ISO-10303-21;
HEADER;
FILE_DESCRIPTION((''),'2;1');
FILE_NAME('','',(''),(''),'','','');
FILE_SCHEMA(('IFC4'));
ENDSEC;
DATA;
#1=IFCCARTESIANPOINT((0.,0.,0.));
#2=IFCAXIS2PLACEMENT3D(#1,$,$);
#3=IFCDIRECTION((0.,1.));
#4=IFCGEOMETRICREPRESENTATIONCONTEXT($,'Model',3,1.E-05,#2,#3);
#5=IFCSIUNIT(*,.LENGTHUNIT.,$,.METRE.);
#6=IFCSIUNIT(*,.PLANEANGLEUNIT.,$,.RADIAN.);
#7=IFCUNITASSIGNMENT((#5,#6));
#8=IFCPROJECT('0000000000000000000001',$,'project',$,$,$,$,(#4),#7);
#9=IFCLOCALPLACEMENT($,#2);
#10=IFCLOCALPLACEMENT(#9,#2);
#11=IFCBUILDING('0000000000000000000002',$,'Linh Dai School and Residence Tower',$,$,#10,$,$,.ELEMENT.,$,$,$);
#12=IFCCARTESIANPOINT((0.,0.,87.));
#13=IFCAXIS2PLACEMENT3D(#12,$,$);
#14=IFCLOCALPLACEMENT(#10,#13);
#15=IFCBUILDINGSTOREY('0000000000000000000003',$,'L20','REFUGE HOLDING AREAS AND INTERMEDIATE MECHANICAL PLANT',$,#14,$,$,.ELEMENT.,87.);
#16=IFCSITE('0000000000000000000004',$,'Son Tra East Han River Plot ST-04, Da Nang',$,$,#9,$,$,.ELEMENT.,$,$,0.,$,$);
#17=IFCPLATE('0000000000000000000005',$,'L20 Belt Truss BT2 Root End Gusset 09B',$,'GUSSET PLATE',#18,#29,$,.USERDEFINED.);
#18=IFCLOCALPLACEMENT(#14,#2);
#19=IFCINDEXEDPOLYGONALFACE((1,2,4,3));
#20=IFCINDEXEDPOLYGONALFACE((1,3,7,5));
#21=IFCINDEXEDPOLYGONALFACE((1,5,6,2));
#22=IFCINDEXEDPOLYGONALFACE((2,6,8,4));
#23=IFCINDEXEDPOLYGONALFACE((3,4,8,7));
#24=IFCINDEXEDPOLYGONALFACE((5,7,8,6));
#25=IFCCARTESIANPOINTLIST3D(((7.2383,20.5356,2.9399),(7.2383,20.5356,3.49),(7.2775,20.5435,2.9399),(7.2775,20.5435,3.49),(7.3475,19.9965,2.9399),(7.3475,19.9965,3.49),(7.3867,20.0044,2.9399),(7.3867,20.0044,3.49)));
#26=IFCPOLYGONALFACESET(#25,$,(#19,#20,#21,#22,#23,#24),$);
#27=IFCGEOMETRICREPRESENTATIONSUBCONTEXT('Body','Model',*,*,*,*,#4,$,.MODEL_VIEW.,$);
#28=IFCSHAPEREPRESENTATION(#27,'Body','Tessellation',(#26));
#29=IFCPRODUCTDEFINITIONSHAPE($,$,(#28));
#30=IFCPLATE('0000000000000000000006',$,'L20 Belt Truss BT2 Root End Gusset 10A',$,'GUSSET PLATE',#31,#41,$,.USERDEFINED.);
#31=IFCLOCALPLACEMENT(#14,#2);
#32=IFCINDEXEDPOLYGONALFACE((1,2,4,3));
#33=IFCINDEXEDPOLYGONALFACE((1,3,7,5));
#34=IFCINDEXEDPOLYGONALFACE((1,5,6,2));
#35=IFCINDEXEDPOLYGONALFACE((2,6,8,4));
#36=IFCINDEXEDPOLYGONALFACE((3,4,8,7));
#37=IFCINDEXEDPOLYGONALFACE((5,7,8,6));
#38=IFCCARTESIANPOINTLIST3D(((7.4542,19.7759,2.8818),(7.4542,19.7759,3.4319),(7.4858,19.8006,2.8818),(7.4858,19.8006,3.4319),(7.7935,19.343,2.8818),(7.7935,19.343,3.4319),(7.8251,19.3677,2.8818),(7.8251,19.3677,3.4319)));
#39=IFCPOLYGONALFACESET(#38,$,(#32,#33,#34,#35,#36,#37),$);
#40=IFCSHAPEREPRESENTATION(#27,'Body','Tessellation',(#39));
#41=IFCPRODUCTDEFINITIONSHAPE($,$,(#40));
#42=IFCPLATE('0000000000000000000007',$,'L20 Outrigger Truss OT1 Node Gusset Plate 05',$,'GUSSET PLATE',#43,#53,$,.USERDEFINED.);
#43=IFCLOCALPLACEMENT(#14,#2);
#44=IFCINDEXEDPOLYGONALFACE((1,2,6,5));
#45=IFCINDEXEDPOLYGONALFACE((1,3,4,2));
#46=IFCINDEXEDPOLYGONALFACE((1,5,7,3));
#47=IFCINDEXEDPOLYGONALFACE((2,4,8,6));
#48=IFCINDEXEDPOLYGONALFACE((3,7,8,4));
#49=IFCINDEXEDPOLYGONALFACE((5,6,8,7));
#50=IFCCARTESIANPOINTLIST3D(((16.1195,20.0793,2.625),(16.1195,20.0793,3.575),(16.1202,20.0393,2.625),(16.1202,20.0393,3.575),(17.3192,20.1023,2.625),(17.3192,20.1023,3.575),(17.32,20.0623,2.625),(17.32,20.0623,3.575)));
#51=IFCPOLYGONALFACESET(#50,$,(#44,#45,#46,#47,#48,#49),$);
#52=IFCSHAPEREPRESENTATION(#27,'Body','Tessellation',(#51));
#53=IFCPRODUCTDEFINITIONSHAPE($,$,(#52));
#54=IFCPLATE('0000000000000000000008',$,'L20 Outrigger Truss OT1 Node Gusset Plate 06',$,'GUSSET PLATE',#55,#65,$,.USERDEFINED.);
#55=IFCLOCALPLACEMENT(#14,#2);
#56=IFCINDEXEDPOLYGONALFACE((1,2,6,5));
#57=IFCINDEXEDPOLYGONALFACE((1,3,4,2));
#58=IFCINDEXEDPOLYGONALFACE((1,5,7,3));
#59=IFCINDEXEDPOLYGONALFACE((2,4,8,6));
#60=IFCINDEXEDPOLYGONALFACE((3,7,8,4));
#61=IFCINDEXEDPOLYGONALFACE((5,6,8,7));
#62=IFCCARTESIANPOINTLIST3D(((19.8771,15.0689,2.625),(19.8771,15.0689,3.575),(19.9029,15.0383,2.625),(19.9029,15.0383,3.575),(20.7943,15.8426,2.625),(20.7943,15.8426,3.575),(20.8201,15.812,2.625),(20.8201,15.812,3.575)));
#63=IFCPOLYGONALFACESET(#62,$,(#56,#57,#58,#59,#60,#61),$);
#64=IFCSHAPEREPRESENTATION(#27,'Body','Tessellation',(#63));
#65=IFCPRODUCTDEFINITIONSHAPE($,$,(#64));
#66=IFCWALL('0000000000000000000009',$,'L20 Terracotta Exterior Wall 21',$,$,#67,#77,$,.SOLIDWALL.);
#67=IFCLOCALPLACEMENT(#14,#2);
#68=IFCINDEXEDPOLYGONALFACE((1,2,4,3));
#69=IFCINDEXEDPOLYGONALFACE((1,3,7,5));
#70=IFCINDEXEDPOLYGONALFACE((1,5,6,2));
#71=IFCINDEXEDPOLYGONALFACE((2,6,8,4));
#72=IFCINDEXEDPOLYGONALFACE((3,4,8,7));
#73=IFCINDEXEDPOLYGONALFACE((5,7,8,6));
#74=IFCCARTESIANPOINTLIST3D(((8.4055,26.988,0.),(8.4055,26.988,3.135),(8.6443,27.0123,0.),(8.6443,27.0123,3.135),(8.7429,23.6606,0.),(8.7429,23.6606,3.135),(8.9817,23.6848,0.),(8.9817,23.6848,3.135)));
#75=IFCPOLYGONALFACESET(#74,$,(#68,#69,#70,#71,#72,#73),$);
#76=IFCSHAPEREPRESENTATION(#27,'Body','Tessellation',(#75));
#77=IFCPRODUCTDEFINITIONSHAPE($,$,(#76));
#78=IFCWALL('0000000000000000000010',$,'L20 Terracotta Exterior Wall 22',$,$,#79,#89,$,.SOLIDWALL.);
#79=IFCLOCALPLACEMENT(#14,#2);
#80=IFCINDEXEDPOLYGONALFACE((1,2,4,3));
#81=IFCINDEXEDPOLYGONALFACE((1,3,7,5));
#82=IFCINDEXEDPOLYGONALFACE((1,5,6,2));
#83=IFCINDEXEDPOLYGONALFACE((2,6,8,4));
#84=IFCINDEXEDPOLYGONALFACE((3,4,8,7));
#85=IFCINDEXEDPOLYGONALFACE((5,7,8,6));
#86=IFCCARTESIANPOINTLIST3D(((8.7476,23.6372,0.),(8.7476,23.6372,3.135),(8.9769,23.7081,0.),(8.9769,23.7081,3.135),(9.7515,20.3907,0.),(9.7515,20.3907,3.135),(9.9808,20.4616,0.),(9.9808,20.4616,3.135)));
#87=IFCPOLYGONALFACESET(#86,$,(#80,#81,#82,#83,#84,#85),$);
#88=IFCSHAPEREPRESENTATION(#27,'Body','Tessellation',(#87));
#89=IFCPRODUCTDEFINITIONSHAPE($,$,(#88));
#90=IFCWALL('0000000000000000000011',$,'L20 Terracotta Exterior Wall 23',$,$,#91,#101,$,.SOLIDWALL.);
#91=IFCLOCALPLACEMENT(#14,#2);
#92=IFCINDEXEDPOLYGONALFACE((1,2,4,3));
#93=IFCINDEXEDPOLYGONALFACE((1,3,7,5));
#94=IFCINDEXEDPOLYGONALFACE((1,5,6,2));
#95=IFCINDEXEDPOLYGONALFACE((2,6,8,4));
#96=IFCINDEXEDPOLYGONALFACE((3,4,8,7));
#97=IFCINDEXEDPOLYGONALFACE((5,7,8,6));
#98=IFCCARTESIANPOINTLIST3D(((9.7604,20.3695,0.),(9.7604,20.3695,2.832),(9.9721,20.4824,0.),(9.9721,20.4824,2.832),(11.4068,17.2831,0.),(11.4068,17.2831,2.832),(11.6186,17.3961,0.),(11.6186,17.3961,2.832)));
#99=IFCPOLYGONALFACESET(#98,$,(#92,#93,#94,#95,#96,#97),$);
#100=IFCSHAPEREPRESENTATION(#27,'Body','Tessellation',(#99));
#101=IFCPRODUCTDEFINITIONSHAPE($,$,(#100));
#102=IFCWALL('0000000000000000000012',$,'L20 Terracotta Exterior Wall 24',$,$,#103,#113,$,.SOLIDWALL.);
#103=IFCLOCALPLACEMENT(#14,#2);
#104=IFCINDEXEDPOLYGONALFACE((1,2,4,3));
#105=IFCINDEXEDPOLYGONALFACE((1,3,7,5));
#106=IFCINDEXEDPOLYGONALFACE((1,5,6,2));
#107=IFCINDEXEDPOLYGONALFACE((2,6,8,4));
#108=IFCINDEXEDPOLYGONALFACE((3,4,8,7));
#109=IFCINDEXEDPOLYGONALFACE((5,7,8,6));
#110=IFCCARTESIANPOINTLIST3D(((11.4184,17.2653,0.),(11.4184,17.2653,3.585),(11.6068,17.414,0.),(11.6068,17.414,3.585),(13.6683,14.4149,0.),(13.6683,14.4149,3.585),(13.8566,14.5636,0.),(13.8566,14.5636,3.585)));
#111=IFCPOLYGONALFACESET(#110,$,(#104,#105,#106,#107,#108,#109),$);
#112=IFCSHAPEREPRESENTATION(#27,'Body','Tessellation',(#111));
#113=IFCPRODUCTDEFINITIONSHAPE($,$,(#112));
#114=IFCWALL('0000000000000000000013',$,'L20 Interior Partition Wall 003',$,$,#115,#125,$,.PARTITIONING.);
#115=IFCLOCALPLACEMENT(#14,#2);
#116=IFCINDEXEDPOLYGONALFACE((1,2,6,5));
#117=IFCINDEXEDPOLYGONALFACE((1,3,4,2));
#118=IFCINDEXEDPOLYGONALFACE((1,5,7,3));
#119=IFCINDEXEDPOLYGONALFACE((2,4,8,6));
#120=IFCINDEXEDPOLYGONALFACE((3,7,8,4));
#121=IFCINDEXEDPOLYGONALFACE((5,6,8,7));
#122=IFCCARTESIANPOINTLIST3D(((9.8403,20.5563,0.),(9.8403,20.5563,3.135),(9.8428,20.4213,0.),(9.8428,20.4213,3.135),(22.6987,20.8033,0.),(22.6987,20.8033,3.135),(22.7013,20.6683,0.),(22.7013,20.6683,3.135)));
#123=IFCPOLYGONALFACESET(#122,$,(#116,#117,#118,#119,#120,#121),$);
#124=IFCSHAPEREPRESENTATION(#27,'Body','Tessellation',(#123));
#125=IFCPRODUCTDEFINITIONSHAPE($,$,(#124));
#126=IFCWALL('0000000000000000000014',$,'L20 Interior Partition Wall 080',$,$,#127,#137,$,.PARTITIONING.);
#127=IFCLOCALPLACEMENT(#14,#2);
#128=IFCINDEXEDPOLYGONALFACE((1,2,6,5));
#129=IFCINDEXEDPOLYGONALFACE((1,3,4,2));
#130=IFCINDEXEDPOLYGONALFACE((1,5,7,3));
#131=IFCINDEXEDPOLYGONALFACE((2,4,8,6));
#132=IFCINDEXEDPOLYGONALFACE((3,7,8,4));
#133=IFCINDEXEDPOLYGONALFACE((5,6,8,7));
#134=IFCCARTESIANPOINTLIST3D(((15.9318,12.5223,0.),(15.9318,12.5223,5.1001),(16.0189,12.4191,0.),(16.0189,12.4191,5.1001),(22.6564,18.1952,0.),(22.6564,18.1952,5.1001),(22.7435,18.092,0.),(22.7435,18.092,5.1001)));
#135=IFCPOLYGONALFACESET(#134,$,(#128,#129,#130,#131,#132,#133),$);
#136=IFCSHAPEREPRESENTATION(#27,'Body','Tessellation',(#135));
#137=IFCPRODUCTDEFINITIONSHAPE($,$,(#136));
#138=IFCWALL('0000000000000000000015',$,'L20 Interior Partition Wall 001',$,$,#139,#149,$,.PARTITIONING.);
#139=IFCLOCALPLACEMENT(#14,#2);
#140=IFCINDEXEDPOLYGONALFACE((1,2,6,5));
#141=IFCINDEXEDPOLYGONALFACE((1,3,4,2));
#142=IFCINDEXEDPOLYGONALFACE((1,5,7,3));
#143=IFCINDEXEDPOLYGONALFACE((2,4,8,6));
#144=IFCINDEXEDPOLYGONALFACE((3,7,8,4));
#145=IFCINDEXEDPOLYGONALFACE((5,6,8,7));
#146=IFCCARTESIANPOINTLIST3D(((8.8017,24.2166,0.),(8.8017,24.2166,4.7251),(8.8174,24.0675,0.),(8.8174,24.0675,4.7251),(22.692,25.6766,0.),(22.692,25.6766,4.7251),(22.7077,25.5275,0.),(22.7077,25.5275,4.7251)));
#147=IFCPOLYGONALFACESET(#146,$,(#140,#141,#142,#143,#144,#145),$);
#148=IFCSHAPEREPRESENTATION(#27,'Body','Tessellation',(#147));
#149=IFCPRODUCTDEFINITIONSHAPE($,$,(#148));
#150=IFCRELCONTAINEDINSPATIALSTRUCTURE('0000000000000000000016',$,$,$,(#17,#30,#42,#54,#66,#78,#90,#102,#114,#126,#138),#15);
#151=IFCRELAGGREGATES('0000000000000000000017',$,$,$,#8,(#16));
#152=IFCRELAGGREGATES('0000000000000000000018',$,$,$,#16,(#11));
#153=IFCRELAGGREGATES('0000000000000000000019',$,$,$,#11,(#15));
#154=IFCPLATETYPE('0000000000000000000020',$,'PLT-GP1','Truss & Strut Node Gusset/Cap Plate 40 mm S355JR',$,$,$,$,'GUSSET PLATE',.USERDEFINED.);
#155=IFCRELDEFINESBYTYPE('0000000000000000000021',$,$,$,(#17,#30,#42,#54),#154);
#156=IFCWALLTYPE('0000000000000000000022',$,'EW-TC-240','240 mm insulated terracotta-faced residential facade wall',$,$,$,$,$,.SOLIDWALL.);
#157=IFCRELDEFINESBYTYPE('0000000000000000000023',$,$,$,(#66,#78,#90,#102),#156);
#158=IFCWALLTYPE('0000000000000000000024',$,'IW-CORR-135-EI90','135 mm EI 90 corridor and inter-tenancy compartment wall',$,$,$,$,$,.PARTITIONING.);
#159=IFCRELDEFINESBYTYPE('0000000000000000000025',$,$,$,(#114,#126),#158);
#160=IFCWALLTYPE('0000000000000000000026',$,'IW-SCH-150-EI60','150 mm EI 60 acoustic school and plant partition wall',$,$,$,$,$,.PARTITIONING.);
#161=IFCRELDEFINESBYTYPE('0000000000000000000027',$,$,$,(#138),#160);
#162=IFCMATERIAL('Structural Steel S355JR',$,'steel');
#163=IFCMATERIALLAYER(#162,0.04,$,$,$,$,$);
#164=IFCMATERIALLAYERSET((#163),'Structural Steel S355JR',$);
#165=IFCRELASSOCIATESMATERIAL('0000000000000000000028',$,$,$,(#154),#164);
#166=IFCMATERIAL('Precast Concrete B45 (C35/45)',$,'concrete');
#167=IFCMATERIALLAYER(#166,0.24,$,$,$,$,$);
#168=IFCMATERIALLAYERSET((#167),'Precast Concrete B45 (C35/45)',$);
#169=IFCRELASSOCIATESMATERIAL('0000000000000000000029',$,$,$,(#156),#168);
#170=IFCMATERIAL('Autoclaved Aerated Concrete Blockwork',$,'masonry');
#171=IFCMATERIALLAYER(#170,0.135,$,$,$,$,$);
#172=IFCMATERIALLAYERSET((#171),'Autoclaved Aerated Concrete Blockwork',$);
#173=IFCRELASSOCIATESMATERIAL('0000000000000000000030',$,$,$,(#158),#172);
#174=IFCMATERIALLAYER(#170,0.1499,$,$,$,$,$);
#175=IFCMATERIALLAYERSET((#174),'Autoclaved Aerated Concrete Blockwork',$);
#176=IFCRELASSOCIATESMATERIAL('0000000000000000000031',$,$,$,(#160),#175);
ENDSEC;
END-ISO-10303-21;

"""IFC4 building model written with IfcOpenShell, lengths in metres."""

from ifc_helpers import new_model, si_unit, direction, frame, frame_2d, origin, origin_2d, place, context, subcontext, project, spatial, rectangle, extrude, source, transform, mapped, material, layer, layer_set, type_object, element, save


model = new_model("IFC4")

# Units and contexts
model_context = context("Model", 3, precision=1e-05, world=origin(), true_north=direction((0.0, 1.0)))
body_context = subcontext(model_context, "Body", "Model", "MODEL_VIEW")
ifc_project = project(units=[si_unit("LENGTHUNIT", "METRE"), si_unit("PLANEANGLEUNIT", "RADIAN")], contexts=[model_context])

# Site, building, storey
site_placement = place(None, origin())
site = spatial("IfcSite", under=ifc_project, at=site_placement, Name="Son Tra East Han River Plot ST-04, Da Nang", CompositionType="ELEMENT", RefElevation=0.0)
building_placement = place(site_placement, origin())
building = spatial("IfcBuilding", under=site, at=building_placement, Name="Linh Dai School and Residence Tower", CompositionType="ELEMENT")
storey_placement = place(building_placement, frame((0.0, 0.0, 87.0)))
storey = spatial("IfcBuildingStorey", under=building, at=storey_placement, Name="L20", Description="REFUGE HOLDING AREAS AND INTERMEDIATE MECHANICAL PLANT", CompositionType="ELEMENT", Elevation=87.0)

# Shared definitions
ifc_material_1 = material(Name="Structural Steel S355JR", Category="steel")

# Plates
ifc_layer_1 = layer(ifc_material_1, 0.04)
ifc_layer_set_1 = layer_set([ifc_layer_1], Name="Structural Steel S355JR")
plate_type = type_object("IfcPlateType", Name="PLT-GP1", Description="Truss & Strut Node Gusset/Cap Plate 40 mm S355JR", ElementType="GUSSET PLATE", PredefinedType="USERDEFINED", material=ifc_layer_set_1)
shared_shape_1 = source(origin(), body_context, "Body", "SweptSolid", [
    extrude(rectangle(XDim=0.55, YDim=0.04, at=origin_2d()), origin(), (0.0, 0.0, 1.0), 0.55),
])
for number, where, z_axis, x_axis, name in (
    (1, (7.3125, 20.27, 2.9399), (0.0, 0.0, 1.0), (0.198437, -0.980114, 0.0), "L20 Belt Truss BT2 Root End Gusset 09B"),
    (2, (7.6396, 19.5718, 2.8818), (0.0, 0.0, 1.0), (0.616865, -0.787069, 0.0), "L20 Belt Truss BT2 Root End Gusset 10A"),
):
    element("IfcPlate", number, at=place(storey_placement, frame(where, z_axis=z_axis, x_axis=x_axis)), inside=storey, type_object=plate_type, Name=name, ObjectType="GUSSET PLATE", PredefinedType="USERDEFINED", context=body_context, shape_type="MappedRepresentation", body=[
        mapped(shared_shape_1, transform((0.0, 0.0, 0.0), x_axis=(1.0, 0.0, 0.0), y_axis=(0.0, 1.0, 0.0), z_axis=(0.0, 0.0, 1.0), scale=1.0)),
    ])
shared_shape_2 = source(origin(), body_context, "Body", "SweptSolid", [
    extrude(rectangle(XDim=1.2, YDim=0.04, at=origin_2d()), origin(), (0.0, 0.0, 1.0), 0.95),
])
for number, where, z_axis, x_axis, name in (
    (3, (16.7197, 20.0708, 2.625), (0.0, 0.0, 1.0), (-0.999815, -0.019209, 0.0), "L20 Outrigger Truss OT1 Node Gusset Plate 05"),
    (4, (20.3486, 15.4404, 2.625), (0.0, 0.0, 1.0), (-0.764354, -0.644796, 0.0), "L20 Outrigger Truss OT1 Node Gusset Plate 06"),
):
    element("IfcPlate", number, at=place(storey_placement, frame(where, z_axis=z_axis, x_axis=x_axis)), inside=storey, type_object=plate_type, Name=name, ObjectType="GUSSET PLATE", PredefinedType="USERDEFINED", context=body_context, shape_type="MappedRepresentation", body=[
        mapped(shared_shape_2, transform((0.0, 0.0, 0.0), x_axis=(1.0, 0.0, 0.0), y_axis=(0.0, 1.0, 0.0), z_axis=(0.0, 0.0, 1.0), scale=1.0)),
    ])

# Walls
ifc_material_2 = material(Name="Precast Concrete B45 (C35/45)", Category="concrete")
ifc_layer_2 = layer(ifc_material_2, 0.24)
ifc_layer_set_2 = layer_set([ifc_layer_2], Name="Precast Concrete B45 (C35/45)")
wall_type_1 = type_object("IfcWallType", Name="EW-TC-240", Description="240 mm insulated terracotta-faced residential facade wall", PredefinedType="SOLIDWALL", material=ifc_layer_set_2)
wall_1_placement = place(storey_placement, frame((8.8623, 23.6726, 0.0), z_axis=(0.0, 0.0, 1.0), x_axis=(-0.100884, 0.994898, 0.0)))
element("IfcWall", 5, at=wall_1_placement, inside=storey, type_object=wall_type_1, Name="L20 Terracotta Exterior Wall 21", PredefinedType="SOLIDWALL", context=body_context, shape_type="SweptSolid", body=[
    extrude(rectangle(XDim=3.3445, YDim=0.24, at=frame_2d((1.6724, 0.0))), origin(), (0.0, 0.0, 1.0), 3.135),
])
wall_2_placement = place(storey_placement, frame((9.8662, 20.426, 0.0), z_axis=(0.0, 0.0, 1.0), x_axis=(-0.295418, 0.955368, 0.0)))
element("IfcWall", 6, at=wall_2_placement, inside=storey, type_object=wall_type_1, Name="L20 Terracotta Exterior Wall 22", PredefinedType="SOLIDWALL", context=body_context, shape_type="SweptSolid", body=[
    extrude(rectangle(XDim=3.3982, YDim=0.24, at=frame_2d((1.6992, 0.0))), origin(), (0.0, 0.0, 1.0), 3.135),
])
wall_3_placement = place(storey_placement, frame((11.5127, 17.3396, 0.0), z_axis=(0.0, 0.0, 1.0), x_axis=(-0.470675, 0.882307, 0.0)))
element("IfcWall", 7, at=wall_3_placement, inside=storey, type_object=wall_type_1, Name="L20 Terracotta Exterior Wall 23", PredefinedType="SOLIDWALL", context=body_context, shape_type="SweptSolid", body=[
    extrude(rectangle(XDim=3.498, YDim=0.24, at=frame_2d((1.749, 0.0))), origin(), (0.0, 0.0, 1.0), 2.832),
])
wall_4_placement = place(storey_placement, frame((13.7625, 14.4893, 0.0), z_axis=(0.0, 0.0, 1.0), x_axis=(-0.619557, 0.784952, 0.0)))
element("IfcWall", 8, at=wall_4_placement, inside=storey, type_object=wall_type_1, Name="L20 Terracotta Exterior Wall 24", PredefinedType="SOLIDWALL", context=body_context, shape_type="SweptSolid", body=[
    extrude(rectangle(XDim=3.6313, YDim=0.24, at=frame_2d((1.8157, 0.0))), origin(), (0.0, 0.0, 1.0), 3.585),
])
ifc_material_3 = material(Name="Autoclaved Aerated Concrete Blockwork", Category="masonry")
ifc_layer_3 = layer(ifc_material_3, 0.135)
ifc_layer_set_3 = layer_set([ifc_layer_3], Name="Autoclaved Aerated Concrete Blockwork")
wall_type_2 = type_object("IfcWallType", Name="IW-CORR-135-EI90", Description="135 mm EI 90 corridor and inter-tenancy compartment wall", PredefinedType="PARTITIONING", material=ifc_layer_set_3)
wall_5_placement = place(storey_placement, frame((9.8416, 20.4888, 0.0), z_axis=(0.0, 0.0, 1.0), x_axis=(0.999815, 0.019211, 0.0)))
element("IfcWall", 9, at=wall_5_placement, inside=storey, type_object=wall_type_2, Name="L20 Interior Partition Wall 003", PredefinedType="PARTITIONING", context=body_context, shape_type="SweptSolid", body=[
    extrude(rectangle(XDim=12.8608, YDim=0.135, at=frame_2d((6.4304, 0.0))), origin(), (0.0, 0.0, 1.0), 3.135),
])
wall_6_placement = place(storey_placement, frame((15.9753, 12.4707, 0.0), z_axis=(0.0, 0.0, 1.0), x_axis=(0.76435, 0.644802, 0.0)))
element("IfcWall", 10, at=wall_6_placement, inside=storey, type_object=wall_type_2, Name="L20 Interior Partition Wall 080", PredefinedType="PARTITIONING", context=body_context, shape_type="SweptSolid", body=[
    extrude(rectangle(XDim=8.7979, YDim=0.135, at=frame_2d((4.3989, 0.0))), origin(), (0.0, 0.0, 1.0), 5.1001),
])
ifc_layer_4 = layer(ifc_material_3, 0.1499)
ifc_layer_set_4 = layer_set([ifc_layer_4], Name="Autoclaved Aerated Concrete Blockwork")
wall_type_3 = type_object("IfcWallType", Name="IW-SCH-150-EI60", Description="150 mm EI 60 acoustic school and plant partition wall", PredefinedType="PARTITIONING", material=ifc_layer_set_4)
wall_7_placement = place(storey_placement, frame((8.8096, 24.1421, 0.0), z_axis=(0.0, 0.0, 1.0), x_axis=(0.994522, 0.10453, 0.0)))
element("IfcWall", 11, at=wall_7_placement, inside=storey, type_object=wall_type_3, Name="L20 Interior Partition Wall 001", PredefinedType="PARTITIONING", context=body_context, shape_type="SweptSolid", body=[
    extrude(rectangle(XDim=13.9668, YDim=0.1499, at=frame_2d((6.9834, 0.0))), origin(), (0.0, 0.0, 1.0), 4.7251),
])

save(model, "model.ifc")
